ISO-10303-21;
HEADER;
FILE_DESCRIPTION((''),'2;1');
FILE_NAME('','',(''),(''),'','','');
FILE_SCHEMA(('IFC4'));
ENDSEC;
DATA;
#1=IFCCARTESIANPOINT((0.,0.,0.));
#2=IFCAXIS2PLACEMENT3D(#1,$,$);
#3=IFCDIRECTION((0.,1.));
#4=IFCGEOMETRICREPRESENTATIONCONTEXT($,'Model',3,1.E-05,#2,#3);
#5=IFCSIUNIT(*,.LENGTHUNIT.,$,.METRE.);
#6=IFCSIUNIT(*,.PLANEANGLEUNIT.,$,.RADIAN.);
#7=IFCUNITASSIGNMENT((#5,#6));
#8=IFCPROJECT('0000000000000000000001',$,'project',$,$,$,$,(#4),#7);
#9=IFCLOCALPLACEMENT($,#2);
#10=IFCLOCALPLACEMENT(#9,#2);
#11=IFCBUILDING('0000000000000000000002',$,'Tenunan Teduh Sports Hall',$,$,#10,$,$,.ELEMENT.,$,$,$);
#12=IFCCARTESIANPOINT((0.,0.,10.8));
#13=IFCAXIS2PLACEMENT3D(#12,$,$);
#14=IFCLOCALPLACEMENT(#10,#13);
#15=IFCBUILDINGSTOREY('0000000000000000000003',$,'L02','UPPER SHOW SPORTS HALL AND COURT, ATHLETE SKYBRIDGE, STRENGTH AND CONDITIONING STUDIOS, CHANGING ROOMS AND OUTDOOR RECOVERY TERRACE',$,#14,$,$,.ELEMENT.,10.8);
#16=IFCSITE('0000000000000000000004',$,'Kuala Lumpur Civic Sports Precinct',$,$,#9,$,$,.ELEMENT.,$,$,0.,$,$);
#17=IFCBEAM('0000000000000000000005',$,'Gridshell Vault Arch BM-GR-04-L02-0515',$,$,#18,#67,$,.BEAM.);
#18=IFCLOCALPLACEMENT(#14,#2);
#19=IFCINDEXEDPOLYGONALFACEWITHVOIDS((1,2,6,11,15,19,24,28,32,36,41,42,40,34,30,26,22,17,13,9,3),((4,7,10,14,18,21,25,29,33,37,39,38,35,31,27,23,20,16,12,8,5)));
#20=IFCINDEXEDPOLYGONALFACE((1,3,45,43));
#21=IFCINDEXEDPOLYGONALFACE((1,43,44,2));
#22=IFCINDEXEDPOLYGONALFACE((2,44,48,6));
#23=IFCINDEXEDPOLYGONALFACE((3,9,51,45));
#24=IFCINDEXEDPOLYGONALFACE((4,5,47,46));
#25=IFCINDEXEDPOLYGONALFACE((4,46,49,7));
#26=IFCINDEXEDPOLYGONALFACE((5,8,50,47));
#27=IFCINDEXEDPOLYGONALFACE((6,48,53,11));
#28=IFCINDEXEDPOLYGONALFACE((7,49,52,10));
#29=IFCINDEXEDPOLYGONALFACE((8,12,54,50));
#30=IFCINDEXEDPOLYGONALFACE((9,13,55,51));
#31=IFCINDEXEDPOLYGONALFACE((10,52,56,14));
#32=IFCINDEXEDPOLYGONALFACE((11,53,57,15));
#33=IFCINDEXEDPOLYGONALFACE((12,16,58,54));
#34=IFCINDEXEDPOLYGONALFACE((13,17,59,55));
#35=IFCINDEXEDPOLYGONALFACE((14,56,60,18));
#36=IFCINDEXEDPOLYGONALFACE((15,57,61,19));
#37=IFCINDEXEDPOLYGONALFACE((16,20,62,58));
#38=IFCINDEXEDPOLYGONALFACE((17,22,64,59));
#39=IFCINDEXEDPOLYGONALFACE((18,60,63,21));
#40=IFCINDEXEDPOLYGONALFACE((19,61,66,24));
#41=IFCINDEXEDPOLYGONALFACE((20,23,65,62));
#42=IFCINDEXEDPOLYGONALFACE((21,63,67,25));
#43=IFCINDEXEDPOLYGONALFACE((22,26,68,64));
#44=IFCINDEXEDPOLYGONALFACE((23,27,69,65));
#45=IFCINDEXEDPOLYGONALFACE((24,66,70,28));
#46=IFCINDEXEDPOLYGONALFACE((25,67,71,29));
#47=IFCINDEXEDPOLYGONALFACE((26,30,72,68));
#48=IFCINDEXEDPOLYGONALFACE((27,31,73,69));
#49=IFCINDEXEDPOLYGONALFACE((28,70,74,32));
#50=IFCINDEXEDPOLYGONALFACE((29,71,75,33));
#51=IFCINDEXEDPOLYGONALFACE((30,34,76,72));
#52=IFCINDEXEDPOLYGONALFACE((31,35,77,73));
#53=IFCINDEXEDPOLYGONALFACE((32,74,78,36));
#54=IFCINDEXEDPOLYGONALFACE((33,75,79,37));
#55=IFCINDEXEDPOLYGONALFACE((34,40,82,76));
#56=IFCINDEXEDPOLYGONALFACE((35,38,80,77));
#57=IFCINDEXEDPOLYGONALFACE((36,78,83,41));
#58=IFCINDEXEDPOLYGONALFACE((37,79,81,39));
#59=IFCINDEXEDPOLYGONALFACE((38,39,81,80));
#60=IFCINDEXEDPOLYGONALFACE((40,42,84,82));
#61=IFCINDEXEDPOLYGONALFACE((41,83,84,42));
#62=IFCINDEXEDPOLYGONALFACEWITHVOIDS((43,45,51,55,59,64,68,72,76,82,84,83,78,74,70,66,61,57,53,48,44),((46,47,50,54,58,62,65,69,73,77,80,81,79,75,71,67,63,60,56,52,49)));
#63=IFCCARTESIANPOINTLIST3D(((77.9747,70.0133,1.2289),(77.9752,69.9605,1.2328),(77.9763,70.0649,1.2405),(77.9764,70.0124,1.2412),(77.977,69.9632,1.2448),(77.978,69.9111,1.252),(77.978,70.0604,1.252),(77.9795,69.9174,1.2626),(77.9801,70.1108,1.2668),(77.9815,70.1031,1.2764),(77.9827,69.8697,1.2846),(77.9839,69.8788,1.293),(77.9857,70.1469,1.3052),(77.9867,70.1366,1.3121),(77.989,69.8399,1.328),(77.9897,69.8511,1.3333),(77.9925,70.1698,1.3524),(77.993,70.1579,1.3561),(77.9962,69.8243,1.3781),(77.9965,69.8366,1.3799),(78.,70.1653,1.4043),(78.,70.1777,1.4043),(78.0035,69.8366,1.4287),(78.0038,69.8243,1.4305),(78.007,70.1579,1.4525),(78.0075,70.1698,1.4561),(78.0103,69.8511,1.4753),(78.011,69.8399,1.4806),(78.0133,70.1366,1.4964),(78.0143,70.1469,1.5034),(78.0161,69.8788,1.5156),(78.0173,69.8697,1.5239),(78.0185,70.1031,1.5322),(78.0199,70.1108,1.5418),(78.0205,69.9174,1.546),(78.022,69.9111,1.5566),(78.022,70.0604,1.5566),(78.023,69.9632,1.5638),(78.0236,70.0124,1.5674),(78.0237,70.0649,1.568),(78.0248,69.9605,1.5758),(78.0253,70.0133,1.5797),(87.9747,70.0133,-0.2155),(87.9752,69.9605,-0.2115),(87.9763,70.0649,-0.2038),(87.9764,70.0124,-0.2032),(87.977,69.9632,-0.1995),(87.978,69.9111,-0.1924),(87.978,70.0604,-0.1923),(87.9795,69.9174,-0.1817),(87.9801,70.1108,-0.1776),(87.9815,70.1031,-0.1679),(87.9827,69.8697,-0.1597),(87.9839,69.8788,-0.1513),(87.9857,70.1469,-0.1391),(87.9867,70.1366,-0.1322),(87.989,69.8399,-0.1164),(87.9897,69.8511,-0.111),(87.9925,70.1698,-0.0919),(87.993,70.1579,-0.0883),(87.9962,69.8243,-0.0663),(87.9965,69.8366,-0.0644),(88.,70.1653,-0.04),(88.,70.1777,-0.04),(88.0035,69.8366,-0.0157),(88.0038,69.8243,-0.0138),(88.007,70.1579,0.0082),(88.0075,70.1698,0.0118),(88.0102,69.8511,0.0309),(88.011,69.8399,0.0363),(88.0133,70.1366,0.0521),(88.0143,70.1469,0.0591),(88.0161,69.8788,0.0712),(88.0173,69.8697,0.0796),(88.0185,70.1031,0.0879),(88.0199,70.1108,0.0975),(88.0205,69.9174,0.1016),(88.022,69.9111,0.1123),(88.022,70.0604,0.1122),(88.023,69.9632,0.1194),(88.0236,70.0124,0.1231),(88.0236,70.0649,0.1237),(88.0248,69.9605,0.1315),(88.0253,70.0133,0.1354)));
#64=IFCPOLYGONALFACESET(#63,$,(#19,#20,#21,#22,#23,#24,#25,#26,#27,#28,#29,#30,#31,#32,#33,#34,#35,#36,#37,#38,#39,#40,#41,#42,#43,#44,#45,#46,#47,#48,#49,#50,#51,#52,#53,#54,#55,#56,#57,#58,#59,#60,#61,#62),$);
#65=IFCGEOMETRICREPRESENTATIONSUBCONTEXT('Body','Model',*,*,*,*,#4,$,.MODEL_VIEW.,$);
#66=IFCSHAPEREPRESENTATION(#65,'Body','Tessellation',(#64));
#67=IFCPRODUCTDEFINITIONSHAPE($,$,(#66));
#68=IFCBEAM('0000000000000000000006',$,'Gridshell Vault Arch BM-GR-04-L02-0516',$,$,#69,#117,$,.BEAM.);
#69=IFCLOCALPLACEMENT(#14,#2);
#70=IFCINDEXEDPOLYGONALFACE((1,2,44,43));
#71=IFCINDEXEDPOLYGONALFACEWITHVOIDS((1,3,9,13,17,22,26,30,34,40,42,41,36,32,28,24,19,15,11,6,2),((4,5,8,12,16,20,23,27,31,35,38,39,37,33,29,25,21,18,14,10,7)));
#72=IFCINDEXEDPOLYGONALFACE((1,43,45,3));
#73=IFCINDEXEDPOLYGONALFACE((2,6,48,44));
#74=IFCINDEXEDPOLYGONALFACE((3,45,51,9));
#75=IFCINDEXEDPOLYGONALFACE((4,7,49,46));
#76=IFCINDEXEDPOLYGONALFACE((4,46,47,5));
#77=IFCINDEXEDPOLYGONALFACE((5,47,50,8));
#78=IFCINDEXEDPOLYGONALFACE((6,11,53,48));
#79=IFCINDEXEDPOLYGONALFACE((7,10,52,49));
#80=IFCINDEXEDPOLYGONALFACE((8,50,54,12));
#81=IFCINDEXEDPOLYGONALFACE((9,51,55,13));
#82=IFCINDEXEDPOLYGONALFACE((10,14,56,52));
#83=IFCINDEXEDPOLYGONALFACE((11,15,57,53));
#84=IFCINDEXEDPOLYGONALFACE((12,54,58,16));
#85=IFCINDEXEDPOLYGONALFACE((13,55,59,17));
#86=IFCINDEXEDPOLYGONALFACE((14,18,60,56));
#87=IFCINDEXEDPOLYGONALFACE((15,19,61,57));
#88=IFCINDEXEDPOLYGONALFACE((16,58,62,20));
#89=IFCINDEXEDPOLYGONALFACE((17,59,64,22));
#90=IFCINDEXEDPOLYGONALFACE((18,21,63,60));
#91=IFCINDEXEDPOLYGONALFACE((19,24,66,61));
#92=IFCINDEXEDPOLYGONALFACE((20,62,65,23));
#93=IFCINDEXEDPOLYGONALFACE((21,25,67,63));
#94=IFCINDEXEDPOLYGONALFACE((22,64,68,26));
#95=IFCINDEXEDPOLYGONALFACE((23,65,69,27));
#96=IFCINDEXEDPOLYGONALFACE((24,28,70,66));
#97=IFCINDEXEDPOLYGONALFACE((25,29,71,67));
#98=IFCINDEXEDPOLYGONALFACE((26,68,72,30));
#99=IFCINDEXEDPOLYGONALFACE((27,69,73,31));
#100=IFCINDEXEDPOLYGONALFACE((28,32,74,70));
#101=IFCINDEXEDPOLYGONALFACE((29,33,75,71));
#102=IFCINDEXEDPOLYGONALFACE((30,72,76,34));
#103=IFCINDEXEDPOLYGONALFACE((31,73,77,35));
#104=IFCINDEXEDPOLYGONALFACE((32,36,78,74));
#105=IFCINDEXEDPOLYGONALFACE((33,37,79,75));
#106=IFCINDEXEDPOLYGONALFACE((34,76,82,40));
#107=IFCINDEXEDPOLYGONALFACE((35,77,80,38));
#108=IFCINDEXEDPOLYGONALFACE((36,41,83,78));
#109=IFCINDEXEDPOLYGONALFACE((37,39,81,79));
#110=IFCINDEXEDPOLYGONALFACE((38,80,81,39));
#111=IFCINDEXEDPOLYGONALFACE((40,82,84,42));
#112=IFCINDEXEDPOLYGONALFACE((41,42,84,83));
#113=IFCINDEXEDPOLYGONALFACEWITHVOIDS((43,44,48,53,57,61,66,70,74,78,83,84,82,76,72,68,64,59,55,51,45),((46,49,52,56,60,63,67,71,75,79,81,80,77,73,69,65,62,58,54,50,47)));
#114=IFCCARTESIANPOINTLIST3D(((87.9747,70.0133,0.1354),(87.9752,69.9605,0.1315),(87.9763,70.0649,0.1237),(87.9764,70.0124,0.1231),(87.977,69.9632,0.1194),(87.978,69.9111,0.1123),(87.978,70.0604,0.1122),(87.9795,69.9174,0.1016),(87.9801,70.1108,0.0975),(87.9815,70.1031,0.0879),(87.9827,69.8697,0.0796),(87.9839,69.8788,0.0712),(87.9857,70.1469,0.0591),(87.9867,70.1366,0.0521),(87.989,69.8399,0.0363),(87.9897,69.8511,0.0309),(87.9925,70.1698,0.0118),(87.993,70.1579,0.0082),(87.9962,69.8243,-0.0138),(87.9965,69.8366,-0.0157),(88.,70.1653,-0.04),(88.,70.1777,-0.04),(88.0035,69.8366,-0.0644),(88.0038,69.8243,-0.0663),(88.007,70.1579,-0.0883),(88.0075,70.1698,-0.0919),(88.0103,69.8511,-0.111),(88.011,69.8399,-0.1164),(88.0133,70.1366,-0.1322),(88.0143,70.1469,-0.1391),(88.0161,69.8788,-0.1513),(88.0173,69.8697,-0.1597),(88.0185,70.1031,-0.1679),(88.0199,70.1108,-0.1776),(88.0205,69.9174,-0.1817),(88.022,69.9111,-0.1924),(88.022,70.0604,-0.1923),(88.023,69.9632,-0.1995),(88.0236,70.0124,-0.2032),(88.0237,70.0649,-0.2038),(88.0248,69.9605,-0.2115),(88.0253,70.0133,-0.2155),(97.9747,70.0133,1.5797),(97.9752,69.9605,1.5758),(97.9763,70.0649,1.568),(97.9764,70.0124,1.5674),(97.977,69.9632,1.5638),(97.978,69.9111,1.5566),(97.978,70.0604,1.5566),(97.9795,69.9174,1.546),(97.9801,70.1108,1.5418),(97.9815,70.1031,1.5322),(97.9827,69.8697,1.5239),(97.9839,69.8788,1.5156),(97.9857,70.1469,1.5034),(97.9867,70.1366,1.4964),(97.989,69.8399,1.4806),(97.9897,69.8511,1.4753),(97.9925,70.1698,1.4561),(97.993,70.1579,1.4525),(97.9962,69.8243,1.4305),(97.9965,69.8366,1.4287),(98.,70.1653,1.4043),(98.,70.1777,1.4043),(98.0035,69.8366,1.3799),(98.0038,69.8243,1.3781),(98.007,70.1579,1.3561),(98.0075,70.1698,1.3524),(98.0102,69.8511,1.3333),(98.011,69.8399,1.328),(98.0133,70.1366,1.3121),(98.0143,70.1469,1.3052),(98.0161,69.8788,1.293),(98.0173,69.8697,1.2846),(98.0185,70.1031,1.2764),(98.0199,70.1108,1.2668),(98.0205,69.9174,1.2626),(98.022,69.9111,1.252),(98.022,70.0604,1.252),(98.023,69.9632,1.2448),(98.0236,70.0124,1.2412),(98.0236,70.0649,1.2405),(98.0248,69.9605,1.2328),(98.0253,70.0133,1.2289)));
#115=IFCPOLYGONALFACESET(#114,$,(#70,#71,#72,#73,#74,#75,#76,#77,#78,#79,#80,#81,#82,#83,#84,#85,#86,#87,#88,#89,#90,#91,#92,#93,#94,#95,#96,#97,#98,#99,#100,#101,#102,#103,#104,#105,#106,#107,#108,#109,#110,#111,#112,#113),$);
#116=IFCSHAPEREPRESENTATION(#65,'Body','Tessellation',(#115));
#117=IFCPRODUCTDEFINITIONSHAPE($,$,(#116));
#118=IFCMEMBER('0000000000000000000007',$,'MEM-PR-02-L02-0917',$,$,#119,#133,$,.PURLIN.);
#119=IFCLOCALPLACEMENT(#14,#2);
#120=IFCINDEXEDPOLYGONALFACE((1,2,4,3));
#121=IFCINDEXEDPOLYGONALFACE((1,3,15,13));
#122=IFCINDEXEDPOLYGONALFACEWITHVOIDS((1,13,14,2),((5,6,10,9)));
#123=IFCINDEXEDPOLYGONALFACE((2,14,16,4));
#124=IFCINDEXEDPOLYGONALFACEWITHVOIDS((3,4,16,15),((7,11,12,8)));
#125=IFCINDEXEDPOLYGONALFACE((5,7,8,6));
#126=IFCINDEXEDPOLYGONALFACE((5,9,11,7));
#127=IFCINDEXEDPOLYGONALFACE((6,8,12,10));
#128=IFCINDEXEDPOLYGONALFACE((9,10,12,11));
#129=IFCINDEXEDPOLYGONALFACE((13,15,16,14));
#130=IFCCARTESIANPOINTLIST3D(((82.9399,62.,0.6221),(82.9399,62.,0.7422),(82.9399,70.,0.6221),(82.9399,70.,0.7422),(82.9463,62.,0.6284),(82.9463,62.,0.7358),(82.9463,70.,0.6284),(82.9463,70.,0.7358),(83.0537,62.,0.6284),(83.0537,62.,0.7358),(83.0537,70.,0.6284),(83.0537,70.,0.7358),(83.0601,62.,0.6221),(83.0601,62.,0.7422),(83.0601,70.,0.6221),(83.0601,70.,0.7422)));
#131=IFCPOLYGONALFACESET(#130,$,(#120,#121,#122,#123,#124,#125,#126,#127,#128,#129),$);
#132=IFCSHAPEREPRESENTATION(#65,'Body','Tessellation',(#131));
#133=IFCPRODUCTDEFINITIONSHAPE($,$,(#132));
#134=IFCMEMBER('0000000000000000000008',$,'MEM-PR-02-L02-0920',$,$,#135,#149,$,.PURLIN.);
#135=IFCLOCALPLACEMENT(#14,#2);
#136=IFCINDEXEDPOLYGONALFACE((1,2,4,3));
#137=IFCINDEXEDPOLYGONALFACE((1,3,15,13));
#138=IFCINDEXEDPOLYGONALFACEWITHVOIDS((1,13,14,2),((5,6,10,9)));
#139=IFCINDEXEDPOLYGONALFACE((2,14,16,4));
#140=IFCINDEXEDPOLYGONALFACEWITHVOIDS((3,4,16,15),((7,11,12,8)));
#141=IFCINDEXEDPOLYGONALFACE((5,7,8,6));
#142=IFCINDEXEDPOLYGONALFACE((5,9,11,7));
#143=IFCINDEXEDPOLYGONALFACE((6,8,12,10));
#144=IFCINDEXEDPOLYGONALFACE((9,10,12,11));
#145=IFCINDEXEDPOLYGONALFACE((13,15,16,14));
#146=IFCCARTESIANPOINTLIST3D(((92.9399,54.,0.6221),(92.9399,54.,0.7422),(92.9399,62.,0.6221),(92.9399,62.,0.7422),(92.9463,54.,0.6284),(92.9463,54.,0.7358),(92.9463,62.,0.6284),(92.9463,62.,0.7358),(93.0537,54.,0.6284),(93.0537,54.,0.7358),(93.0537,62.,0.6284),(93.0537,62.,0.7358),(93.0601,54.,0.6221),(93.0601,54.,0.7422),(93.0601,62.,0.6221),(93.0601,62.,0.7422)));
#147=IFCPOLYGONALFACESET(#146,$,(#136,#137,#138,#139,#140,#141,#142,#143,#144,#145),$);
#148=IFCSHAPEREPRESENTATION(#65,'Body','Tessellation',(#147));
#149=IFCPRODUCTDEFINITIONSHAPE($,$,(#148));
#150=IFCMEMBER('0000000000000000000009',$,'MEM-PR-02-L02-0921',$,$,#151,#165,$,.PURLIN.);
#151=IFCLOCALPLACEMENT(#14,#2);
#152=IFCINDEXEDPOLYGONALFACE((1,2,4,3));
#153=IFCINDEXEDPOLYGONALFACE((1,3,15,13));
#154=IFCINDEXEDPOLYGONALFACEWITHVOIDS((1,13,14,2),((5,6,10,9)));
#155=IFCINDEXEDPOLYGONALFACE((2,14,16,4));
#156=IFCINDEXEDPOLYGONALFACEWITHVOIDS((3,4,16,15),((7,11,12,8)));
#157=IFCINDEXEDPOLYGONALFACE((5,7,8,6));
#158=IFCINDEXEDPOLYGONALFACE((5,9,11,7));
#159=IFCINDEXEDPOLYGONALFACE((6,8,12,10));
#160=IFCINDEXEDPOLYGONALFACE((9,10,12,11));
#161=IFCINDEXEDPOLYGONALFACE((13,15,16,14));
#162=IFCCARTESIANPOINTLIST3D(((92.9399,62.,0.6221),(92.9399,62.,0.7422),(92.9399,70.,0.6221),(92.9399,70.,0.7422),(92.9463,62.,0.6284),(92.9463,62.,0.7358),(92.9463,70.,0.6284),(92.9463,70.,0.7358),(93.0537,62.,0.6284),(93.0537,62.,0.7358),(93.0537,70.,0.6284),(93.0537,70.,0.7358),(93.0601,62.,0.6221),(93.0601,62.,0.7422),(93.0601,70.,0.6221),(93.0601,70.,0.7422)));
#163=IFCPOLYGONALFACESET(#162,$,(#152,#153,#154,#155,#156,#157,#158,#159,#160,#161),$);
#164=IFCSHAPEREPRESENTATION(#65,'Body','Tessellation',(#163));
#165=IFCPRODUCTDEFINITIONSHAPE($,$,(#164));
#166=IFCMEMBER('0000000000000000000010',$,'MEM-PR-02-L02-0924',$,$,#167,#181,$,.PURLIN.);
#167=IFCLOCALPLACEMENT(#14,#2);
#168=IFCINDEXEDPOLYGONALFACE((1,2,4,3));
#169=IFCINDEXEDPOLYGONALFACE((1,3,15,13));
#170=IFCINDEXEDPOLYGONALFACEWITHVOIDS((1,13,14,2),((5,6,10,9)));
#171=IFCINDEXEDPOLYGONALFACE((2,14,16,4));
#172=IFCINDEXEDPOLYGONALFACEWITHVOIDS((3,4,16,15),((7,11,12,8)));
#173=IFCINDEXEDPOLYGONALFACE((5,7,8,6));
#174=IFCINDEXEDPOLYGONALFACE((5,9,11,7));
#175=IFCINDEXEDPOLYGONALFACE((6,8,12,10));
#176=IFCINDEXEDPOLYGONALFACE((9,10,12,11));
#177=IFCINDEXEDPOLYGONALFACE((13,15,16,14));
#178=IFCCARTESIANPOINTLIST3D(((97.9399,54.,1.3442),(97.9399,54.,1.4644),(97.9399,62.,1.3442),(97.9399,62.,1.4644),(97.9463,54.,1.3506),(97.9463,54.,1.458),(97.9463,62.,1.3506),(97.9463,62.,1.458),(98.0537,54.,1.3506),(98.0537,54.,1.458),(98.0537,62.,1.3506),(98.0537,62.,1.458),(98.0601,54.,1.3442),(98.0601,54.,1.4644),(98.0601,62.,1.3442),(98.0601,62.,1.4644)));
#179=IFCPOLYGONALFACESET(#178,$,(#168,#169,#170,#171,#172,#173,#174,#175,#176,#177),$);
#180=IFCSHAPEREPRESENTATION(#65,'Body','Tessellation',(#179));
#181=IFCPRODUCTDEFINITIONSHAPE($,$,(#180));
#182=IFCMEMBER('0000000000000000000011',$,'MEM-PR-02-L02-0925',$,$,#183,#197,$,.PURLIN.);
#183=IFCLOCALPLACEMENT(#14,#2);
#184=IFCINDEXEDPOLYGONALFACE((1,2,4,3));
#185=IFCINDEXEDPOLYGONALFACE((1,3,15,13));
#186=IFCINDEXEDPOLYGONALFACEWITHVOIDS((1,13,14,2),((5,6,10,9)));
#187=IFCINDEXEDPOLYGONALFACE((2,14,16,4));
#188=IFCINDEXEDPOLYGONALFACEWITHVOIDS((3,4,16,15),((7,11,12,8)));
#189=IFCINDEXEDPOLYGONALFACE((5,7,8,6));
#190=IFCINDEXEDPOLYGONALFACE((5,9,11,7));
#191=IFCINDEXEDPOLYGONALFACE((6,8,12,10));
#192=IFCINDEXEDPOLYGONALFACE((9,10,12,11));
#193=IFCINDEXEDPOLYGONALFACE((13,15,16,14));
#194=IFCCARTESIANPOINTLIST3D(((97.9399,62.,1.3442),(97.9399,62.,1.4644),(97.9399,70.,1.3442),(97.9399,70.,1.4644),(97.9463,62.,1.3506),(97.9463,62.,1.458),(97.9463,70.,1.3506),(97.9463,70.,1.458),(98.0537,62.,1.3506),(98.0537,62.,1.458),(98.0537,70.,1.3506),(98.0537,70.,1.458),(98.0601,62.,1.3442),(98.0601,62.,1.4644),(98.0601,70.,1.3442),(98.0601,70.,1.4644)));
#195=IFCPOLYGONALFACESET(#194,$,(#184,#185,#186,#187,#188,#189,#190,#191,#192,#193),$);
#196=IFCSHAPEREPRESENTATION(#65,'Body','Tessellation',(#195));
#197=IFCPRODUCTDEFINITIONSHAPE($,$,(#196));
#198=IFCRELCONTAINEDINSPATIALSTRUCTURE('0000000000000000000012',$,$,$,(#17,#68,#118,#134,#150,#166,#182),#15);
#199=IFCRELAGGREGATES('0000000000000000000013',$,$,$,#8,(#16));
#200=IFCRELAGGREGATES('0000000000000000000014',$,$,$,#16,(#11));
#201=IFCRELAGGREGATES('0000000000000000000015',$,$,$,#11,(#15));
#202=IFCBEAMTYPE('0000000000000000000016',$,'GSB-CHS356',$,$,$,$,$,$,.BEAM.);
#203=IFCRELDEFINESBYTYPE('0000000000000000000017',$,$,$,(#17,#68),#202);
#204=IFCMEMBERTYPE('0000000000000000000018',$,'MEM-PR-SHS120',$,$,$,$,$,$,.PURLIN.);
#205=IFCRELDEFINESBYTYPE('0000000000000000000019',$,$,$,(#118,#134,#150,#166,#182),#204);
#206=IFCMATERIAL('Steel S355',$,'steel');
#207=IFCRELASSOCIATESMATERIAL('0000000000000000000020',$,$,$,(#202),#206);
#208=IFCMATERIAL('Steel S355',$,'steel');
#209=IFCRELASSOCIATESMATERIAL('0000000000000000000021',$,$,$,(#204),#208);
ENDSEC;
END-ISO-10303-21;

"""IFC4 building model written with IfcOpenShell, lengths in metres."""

from ifc_helpers import new_model, si_unit, direction, frame, origin, origin_2d, place, context, subcontext, project, spatial, hollow_rectangle, hollow_circle, extrude, material, material_profile, profile_set, type_object, element, save


model = new_model("IFC4")

# Units and contexts
model_context = context("Model", 3, precision=1e-05, world=origin(), true_north=direction((0.0, 1.0)))
body_context = subcontext(model_context, "Body", "Model", "MODEL_VIEW")
ifc_project = project(units=[si_unit("LENGTHUNIT", "METRE"), si_unit("PLANEANGLEUNIT", "RADIAN")], contexts=[model_context])

# Site, building, storey
site_placement = place(None, origin())
site = spatial("IfcSite", under=ifc_project, at=site_placement, Name="Kuala Lumpur Civic Sports Precinct", CompositionType="ELEMENT", RefElevation=0.0)
building_placement = place(site_placement, origin())
building = spatial("IfcBuilding", under=site, at=building_placement, Name="Tenunan Teduh Sports Hall", CompositionType="ELEMENT")
storey_placement = place(building_placement, frame((0.0, 0.0, 10.8)))
storey = spatial("IfcBuildingStorey", under=building, at=storey_placement, Name="L02", Description="UPPER SHOW SPORTS HALL AND COURT, ATHLETE SKYBRIDGE, STRENGTH AND CONDITIONING STUDIOS, CHANGING ROOMS AND OUTDOOR RECOVERY TERRACE", CompositionType="ELEMENT", Elevation=10.8)

# Beams
ifc_material_1 = material(Name="Steel S355", Category="steel")
ifc_material_profile_1 = material_profile(ifc_material_1, hollow_circle(Radius=0.1777, WallThickness=0.0125, at=origin_2d()), Name="CHS 355.6x12.5")
ifc_profile_set_1 = profile_set([ifc_material_profile_1], Name="Steel S355")
beam_type_1 = type_object("IfcBeamType", Name="GSB-CHS356", PredefinedType="BEAM", material=ifc_profile_set_1)
for number, where, z_axis, x_axis, name in (
    (1, (78.0, 70.0, 1.4043), (0.98973, 0.0, -0.14295), (0.0, 1.0, 0.0), "Gridshell Vault Arch BM-GR-04-L02-0515"),
    (2, (88.0, 70.0, -0.04), (0.98973, 0.0, 0.14295), (0.0, 1.0, 0.0), "Gridshell Vault Arch BM-GR-04-L02-0516"),
):
    element("IfcBeam", number, at=place(storey_placement, frame(where, z_axis=z_axis, x_axis=x_axis)), inside=storey, type_object=beam_type_1, Name=name, PredefinedType="BEAM", context=body_context, shape_type="SweptSolid", body=[
        extrude(hollow_circle(Radius=0.1777, WallThickness=0.0125, at=origin_2d()), origin(), (0.0, 0.0, 1.0), 10.1038),
    ])

# Members
ifc_material_2 = material(Name="Steel S355", Category="steel")
ifc_material_profile_2 = material_profile(ifc_material_2, hollow_rectangle(XDim=0.1201, YDim=0.1201, WallThickness=0.0063, at=origin_2d()), Name="SHS 120x120x6.3")
ifc_profile_set_2 = profile_set([ifc_material_profile_2], Name="Steel S355")
member_type_1 = type_object("IfcMemberType", Name="MEM-PR-SHS120", PredefinedType="PURLIN", material=ifc_profile_set_2)
for number, where, z_axis, x_axis, name in (
    (3, (83.0, 62.0, 0.6821), (0.0, 1.0, 0.0), (-1.0, 0.0, 0.0), "MEM-PR-02-L02-0917"),
    (4, (93.0, 54.0, 0.6821), (0.0, 1.0, 0.0), (-1.0, 0.0, 0.0), "MEM-PR-02-L02-0920"),
    (5, (93.0, 62.0, 0.6821), (0.0, 1.0, 0.0), (-1.0, 0.0, 0.0), "MEM-PR-02-L02-0921"),
    (6, (98.0, 54.0, 1.4043), (0.0, 1.0, 0.0), (-1.0, 0.0, 0.0), "MEM-PR-02-L02-0924"),
    (7, (98.0, 62.0, 1.4043), (0.0, 1.0, 0.0), (-1.0, 0.0, 0.0), "MEM-PR-02-L02-0925"),
):
    element("IfcMember", number, at=place(storey_placement, frame(where, z_axis=z_axis, x_axis=x_axis)), inside=storey, type_object=member_type_1, Name=name, PredefinedType="PURLIN", context=body_context, shape_type="SweptSolid", body=[
        extrude(hollow_rectangle(XDim=0.1201, YDim=0.1201, WallThickness=0.0063, at=origin_2d()), origin(), (0.0, 0.0, 1.0), 8.0),
    ])

save(model, "model.ifc")
